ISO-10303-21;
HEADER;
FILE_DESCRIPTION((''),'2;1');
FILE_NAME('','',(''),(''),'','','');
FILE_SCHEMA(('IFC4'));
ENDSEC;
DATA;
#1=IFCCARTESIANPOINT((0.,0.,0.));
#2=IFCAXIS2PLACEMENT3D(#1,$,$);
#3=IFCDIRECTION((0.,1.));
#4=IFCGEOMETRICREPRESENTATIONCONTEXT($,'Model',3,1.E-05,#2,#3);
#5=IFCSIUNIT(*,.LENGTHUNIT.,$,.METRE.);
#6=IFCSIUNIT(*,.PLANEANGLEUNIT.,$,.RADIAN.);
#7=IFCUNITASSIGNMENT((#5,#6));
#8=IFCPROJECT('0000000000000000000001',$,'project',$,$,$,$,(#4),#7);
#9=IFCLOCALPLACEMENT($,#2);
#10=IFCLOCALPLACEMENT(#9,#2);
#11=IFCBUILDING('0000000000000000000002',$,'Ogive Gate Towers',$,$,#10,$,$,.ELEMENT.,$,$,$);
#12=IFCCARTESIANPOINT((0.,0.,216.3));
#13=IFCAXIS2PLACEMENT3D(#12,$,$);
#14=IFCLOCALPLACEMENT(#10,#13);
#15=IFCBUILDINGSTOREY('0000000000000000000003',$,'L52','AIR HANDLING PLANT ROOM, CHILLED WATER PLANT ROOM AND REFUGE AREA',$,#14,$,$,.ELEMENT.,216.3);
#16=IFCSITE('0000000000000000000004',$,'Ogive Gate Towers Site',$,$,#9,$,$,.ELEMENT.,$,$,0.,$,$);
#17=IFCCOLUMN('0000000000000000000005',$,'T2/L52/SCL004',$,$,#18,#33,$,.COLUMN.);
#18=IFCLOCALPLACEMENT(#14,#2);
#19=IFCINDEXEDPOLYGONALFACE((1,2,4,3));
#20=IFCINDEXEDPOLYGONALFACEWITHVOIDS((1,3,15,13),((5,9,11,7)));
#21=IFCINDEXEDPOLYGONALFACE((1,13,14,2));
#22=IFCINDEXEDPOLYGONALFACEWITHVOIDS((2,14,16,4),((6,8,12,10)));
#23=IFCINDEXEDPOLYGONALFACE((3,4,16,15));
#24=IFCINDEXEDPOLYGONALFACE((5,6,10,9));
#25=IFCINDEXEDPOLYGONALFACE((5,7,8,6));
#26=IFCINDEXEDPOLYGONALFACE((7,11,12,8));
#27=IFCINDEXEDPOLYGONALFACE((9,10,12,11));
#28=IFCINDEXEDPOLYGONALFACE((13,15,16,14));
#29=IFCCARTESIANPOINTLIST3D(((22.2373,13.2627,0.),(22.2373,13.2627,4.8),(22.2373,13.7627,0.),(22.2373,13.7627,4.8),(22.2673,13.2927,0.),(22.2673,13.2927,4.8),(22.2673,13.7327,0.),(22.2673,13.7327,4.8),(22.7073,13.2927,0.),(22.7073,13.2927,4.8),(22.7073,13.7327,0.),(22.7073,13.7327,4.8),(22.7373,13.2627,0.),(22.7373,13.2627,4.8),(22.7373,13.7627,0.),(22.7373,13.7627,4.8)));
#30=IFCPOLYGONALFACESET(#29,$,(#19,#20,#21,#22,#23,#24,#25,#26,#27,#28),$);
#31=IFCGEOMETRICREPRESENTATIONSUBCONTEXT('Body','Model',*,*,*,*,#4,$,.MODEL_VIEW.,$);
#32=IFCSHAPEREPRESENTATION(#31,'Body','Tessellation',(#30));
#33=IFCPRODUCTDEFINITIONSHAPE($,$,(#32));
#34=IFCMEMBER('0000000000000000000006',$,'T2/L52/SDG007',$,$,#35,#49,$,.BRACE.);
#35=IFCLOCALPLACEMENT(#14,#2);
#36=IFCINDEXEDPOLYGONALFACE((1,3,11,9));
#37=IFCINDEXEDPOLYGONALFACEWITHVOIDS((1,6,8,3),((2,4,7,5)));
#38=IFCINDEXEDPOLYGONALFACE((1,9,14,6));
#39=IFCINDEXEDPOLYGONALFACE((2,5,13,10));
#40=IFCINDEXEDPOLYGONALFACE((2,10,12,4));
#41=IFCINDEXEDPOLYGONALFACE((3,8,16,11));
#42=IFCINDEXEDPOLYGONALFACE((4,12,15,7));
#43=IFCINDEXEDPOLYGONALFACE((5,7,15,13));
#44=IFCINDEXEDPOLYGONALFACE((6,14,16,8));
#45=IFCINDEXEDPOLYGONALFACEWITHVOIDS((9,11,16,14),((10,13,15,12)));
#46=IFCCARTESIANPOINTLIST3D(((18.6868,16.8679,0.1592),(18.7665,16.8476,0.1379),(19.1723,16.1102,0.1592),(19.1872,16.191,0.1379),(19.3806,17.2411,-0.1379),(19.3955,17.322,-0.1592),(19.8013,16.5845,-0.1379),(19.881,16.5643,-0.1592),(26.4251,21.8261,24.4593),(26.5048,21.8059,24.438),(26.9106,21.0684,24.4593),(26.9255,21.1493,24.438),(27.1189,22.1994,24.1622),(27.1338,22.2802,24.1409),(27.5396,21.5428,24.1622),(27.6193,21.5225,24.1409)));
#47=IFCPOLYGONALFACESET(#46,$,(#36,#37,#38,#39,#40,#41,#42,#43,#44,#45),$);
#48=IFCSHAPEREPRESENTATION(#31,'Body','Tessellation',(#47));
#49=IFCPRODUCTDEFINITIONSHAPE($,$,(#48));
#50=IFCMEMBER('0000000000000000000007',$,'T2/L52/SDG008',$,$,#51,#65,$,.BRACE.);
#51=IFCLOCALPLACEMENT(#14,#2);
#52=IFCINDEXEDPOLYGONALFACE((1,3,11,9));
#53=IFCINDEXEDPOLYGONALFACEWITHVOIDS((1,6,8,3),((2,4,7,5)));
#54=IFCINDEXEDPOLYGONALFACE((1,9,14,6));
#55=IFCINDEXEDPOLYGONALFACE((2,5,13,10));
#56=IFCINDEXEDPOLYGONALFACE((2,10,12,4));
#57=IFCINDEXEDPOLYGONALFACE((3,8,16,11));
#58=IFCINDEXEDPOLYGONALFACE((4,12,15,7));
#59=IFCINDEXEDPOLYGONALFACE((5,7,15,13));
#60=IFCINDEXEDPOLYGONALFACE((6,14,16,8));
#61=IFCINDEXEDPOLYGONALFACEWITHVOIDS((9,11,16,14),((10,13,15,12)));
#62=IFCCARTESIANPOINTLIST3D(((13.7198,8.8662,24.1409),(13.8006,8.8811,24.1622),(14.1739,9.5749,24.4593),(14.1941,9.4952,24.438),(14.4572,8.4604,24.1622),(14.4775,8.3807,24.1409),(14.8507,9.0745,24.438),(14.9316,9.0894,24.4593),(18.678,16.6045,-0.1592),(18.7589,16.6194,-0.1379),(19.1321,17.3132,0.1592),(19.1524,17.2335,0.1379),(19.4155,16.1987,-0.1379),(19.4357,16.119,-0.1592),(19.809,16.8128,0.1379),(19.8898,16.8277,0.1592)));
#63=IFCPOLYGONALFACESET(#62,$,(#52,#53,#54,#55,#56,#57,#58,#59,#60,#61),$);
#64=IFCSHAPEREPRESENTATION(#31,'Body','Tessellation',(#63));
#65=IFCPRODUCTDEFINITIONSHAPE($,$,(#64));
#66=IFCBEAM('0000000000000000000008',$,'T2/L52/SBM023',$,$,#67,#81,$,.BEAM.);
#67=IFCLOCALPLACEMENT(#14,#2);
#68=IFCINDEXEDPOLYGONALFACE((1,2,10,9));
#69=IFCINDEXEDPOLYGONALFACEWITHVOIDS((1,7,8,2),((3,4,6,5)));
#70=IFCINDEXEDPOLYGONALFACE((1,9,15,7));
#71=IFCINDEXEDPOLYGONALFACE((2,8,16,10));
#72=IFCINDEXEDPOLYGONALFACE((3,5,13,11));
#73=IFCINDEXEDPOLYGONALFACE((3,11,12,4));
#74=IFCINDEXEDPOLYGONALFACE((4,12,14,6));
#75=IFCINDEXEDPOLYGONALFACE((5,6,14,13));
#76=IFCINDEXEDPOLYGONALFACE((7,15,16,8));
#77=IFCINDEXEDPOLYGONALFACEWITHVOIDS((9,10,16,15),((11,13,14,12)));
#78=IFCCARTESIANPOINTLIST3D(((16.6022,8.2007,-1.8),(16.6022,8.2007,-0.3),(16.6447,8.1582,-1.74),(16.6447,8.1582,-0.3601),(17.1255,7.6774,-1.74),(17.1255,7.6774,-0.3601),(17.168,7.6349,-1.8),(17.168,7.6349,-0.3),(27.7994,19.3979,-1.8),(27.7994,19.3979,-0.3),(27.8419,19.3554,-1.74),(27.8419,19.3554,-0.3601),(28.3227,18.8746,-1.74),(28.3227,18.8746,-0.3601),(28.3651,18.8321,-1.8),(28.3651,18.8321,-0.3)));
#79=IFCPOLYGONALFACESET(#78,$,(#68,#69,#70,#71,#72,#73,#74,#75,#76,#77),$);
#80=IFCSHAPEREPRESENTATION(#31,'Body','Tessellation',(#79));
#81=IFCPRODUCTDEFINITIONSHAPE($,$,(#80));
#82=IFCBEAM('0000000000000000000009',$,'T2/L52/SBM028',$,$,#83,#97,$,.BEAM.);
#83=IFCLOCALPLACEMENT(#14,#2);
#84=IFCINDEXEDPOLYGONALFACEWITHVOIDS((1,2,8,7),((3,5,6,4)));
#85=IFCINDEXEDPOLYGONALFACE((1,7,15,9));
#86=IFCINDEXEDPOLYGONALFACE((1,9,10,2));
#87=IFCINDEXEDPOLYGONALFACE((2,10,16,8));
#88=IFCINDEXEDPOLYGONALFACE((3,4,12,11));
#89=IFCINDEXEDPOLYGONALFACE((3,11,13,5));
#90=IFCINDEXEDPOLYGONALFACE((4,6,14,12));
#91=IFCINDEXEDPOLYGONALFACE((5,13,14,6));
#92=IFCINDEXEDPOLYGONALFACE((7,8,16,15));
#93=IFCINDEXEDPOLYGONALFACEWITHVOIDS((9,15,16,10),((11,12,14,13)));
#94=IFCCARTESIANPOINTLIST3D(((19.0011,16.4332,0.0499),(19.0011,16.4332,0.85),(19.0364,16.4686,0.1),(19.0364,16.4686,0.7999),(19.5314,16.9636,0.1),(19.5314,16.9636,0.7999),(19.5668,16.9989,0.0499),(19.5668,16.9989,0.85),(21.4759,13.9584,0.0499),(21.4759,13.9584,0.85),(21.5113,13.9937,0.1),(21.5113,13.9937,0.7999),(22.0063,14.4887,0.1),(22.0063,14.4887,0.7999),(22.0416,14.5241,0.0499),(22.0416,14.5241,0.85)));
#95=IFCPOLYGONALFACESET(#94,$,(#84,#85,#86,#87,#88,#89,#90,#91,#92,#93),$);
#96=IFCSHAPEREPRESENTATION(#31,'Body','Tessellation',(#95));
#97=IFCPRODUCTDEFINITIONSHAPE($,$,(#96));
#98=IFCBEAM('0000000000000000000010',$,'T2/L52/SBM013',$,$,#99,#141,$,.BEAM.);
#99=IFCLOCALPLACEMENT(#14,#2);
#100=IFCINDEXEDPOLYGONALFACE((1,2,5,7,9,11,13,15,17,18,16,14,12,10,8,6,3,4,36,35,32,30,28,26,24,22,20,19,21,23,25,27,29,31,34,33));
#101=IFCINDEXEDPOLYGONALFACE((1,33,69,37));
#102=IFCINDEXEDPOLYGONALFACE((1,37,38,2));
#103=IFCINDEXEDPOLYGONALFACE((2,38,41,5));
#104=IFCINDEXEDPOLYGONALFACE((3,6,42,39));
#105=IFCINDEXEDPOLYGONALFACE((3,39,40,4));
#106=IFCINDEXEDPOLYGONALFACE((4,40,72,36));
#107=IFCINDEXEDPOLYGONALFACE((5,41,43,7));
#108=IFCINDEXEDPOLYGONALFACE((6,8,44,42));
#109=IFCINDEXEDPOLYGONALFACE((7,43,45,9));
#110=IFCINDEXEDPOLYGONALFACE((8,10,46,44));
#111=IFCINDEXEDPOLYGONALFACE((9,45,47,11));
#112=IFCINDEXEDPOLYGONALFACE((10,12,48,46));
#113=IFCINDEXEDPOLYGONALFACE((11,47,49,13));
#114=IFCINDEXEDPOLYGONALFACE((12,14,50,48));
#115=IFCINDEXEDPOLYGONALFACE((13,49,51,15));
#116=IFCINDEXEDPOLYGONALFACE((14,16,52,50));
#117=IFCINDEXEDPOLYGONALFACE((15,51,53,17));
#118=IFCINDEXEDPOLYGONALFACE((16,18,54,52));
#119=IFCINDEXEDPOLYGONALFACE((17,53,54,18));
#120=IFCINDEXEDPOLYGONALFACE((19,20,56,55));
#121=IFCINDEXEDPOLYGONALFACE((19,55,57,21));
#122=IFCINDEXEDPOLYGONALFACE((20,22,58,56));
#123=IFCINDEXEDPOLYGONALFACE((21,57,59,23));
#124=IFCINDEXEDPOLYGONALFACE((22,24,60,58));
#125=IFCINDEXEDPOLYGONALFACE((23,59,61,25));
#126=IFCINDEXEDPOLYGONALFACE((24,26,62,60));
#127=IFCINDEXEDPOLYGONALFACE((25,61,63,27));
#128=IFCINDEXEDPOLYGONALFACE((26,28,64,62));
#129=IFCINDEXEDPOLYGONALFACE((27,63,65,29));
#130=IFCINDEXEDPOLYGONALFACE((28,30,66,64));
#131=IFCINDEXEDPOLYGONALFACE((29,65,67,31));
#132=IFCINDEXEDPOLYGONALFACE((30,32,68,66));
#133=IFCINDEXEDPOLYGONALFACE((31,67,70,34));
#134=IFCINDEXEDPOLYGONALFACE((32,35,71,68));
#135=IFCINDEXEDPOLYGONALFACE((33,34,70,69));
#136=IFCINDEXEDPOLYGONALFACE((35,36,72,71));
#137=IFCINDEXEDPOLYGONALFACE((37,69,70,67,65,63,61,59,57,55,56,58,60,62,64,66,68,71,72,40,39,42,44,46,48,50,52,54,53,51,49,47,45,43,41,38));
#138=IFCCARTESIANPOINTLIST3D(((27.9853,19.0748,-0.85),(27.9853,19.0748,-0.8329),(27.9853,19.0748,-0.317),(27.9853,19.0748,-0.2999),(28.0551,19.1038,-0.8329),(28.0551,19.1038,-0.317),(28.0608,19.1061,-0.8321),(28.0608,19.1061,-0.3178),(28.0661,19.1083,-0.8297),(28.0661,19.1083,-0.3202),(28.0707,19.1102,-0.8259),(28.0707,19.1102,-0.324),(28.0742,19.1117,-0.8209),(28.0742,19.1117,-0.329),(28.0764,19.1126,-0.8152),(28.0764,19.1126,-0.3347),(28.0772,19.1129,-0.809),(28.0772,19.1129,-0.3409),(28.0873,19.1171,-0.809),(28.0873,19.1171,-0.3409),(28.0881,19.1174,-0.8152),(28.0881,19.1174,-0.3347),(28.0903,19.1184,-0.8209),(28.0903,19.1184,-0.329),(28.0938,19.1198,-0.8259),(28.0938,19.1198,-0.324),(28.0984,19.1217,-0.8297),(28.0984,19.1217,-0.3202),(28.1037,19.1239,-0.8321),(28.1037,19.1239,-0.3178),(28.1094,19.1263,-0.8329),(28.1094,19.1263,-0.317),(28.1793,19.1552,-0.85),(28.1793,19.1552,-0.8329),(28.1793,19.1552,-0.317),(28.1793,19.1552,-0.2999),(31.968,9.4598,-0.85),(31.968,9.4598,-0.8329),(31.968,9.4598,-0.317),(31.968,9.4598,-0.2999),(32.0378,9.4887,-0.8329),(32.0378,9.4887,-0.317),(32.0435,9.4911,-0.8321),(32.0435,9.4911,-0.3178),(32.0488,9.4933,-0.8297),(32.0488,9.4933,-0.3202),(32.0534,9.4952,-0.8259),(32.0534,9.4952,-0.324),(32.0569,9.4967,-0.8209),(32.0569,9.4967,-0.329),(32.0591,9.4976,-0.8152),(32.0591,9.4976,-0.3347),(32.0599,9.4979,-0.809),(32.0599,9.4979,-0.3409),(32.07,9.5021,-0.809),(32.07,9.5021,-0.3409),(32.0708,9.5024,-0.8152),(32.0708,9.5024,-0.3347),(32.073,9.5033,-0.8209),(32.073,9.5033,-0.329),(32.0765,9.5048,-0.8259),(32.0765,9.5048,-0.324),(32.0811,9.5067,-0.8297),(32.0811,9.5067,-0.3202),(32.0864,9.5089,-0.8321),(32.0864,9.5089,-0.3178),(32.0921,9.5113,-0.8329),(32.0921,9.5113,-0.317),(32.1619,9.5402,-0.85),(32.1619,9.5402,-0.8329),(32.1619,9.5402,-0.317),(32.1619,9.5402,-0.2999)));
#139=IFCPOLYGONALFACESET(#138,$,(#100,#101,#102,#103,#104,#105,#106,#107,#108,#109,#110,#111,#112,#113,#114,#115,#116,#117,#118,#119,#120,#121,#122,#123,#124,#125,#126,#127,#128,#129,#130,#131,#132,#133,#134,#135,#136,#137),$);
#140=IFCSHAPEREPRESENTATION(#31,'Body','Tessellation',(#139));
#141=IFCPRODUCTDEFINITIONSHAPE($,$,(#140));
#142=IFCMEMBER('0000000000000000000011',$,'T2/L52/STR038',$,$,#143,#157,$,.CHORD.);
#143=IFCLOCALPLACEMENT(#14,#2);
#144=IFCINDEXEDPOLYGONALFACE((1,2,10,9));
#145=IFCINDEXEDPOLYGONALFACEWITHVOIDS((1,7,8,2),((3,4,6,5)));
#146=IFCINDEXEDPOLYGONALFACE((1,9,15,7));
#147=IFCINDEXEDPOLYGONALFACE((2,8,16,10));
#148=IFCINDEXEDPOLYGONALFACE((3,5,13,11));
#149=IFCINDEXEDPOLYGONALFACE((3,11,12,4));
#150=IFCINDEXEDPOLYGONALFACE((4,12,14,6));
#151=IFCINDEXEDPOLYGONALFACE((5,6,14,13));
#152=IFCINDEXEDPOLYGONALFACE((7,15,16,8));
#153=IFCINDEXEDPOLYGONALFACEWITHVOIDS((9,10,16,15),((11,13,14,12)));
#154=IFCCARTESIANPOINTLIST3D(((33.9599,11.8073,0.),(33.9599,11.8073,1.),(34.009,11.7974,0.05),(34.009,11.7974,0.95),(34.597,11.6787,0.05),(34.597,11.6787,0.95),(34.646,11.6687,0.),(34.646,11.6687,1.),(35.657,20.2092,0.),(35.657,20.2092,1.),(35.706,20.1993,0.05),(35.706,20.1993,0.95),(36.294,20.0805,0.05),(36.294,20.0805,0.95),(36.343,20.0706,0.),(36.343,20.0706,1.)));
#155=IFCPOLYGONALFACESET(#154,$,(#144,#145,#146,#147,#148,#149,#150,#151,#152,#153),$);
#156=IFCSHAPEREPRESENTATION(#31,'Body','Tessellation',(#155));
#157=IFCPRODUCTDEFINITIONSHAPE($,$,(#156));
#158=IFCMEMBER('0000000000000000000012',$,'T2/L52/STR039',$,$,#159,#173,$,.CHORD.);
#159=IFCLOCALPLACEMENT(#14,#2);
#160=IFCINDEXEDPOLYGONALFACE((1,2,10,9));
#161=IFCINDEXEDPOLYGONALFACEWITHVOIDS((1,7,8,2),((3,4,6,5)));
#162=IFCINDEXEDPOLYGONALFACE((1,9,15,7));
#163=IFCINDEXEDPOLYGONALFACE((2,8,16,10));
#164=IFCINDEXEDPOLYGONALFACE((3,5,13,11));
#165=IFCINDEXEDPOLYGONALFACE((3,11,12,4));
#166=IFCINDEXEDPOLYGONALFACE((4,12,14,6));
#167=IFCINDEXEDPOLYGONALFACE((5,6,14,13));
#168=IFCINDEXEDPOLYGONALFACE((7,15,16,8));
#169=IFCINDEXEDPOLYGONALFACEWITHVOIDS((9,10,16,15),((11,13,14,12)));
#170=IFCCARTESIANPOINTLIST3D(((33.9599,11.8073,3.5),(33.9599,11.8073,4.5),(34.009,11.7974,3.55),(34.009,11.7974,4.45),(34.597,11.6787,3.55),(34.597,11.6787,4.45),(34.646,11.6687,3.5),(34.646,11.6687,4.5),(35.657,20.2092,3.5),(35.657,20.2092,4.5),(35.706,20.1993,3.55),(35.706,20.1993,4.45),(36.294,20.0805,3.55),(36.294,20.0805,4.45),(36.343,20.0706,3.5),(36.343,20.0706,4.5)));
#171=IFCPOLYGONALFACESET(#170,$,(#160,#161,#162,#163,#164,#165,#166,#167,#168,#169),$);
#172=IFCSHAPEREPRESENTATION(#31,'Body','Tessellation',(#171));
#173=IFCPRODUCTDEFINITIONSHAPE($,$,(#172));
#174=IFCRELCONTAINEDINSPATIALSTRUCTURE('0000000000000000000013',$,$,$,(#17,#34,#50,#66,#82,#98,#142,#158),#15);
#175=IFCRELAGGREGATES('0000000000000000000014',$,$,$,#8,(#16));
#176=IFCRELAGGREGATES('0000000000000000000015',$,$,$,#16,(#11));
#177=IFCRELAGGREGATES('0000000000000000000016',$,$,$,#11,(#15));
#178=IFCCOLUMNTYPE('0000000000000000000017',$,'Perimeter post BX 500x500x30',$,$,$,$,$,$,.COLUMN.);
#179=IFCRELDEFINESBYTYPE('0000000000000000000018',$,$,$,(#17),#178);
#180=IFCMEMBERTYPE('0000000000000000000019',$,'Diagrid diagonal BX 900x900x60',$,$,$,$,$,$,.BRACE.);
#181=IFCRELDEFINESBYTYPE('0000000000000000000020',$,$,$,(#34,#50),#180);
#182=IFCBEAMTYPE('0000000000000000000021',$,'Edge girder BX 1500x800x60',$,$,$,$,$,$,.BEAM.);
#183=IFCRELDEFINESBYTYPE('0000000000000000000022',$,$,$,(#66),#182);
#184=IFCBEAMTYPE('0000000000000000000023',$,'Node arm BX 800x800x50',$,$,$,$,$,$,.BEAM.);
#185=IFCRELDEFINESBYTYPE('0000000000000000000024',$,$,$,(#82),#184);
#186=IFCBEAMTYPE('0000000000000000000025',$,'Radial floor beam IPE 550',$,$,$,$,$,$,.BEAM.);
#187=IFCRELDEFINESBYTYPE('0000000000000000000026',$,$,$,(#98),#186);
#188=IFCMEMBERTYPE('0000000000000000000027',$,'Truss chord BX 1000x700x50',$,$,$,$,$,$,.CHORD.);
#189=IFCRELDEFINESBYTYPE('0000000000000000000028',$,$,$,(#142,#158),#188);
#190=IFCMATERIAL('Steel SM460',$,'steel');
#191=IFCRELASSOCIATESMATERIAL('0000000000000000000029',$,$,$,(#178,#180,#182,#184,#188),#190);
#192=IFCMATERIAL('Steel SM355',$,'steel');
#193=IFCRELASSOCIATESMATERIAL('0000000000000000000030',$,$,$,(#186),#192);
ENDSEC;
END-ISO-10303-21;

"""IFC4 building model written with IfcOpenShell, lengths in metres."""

from ifc_helpers import new_model, si_unit, direction, frame, origin, origin_2d, place, context, subcontext, project, spatial, hollow_rectangle, i_section, extrude, material, material_profile, profile_set, type_object, element, save


model = new_model("IFC4")

# Units and contexts
model_context = context("Model", 3, precision=1e-05, world=origin(), true_north=direction((0.0, 1.0)))
body_context = subcontext(model_context, "Body", "Model", "MODEL_VIEW")
ifc_project = project(units=[si_unit("LENGTHUNIT", "METRE"), si_unit("PLANEANGLEUNIT", "RADIAN")], contexts=[model_context])

# Site, building, storey
site_placement = place(None, origin())
site = spatial("IfcSite", under=ifc_project, at=site_placement, Name="Ogive Gate Towers Site", CompositionType="ELEMENT", RefElevation=0.0)
building_placement = place(site_placement, origin())
building = spatial("IfcBuilding", under=site, at=building_placement, Name="Ogive Gate Towers", CompositionType="ELEMENT")
storey_placement = place(building_placement, frame((0.0, 0.0, 216.3)))
storey = spatial("IfcBuildingStorey", under=building, at=storey_placement, Name="L52", Description="AIR HANDLING PLANT ROOM, CHILLED WATER PLANT ROOM AND REFUGE AREA", CompositionType="ELEMENT", Elevation=216.3)

# Column
ifc_material_1 = material(Name="Steel SM460", Category="steel")
ifc_material_profile_1 = material_profile(ifc_material_1, hollow_rectangle(XDim=0.5, YDim=0.5, WallThickness=0.03, at=origin_2d()), Name="BX 500x500x30")
ifc_profile_set_1 = profile_set([ifc_material_profile_1], Name="Steel SM460")
column_type = type_object("IfcColumnType", Name="Perimeter post BX 500x500x30", PredefinedType="COLUMN", material=ifc_profile_set_1)
column_placement = place(storey_placement, frame((22.4873, 13.5127, 0.0), z_axis=(0.0, 0.0, 1.0), x_axis=(1.0, 0.0, 0.0)))
element("IfcColumn", 1, at=column_placement, inside=storey, type_object=column_type, Name="T2/L52/SCL004", PredefinedType="COLUMN", context=body_context, shape_type="SweptSolid", body=[
    extrude(hollow_rectangle(XDim=0.5, YDim=0.5, WallThickness=0.03, at=origin_2d()), origin(), (0.0, 0.0, 1.0), 4.8),
])

# Members
ifc_material_profile_2 = material_profile(ifc_material_1, hollow_rectangle(XDim=0.8999, YDim=0.8999, WallThickness=0.0601, at=origin_2d()), Name="BX 900x900x60")
ifc_profile_set_2 = profile_set([ifc_material_profile_2], Name="Steel SM460")
member_type_1 = type_object("IfcMemberType", Name="Diagrid diagonal BX 900x900x60", PredefinedType="BRACE", material=ifc_profile_set_2)
for number, where, z_axis, x_axis, name in (
    (2, (19.2839, 16.7161, 0.0), (0.297856, 0.190849, 0.935339), (-0.539498, 0.841987, 0.0), "T2/L52/SDG007"),
    (3, (19.2839, 16.7161, 0.0), (-0.190849, -0.297856, 0.935339), (0.841987, -0.539498, 0.0), "T2/L52/SDG008"),
):
    element("IfcMember", number, at=place(storey_placement, frame(where, z_axis=z_axis, x_axis=x_axis)), inside=storey, type_object=member_type_1, Name=name, PredefinedType="BRACE", context=body_context, shape_type="SweptSolid", body=[
        extrude(hollow_rectangle(XDim=0.8999, YDim=0.8999, WallThickness=0.0601, at=origin_2d()), origin(), (0.0, 0.0, 1.0), 25.98),
    ])

# Beams
ifc_material_profile_3 = material_profile(ifc_material_1, hollow_rectangle(XDim=0.8, YDim=1.5, WallThickness=0.0601, at=origin_2d()), Name="BX 1500x800x60")
ifc_profile_set_3 = profile_set([ifc_material_profile_3], Name="Steel SM460")
beam_type_1 = type_object("IfcBeamType", Name="Edge girder BX 1500x800x60", PredefinedType="BEAM", material=ifc_profile_set_3)
beam_1_placement = place(storey_placement, frame((28.0823, 19.115, -1.05), z_axis=(-0.707107, -0.707107, 0.0), x_axis=(0.707107, -0.707107, 0.0)))
element("IfcBeam", 4, at=beam_1_placement, inside=storey, type_object=beam_type_1, Name="T2/L52/SBM023", PredefinedType="BEAM", context=body_context, shape_type="SweptSolid", body=[
    extrude(hollow_rectangle(XDim=0.8, YDim=1.5, WallThickness=0.0601, at=origin_2d()), origin(), (0.0, 0.0, 1.0), 15.8352),
])
ifc_material_profile_4 = material_profile(ifc_material_1, hollow_rectangle(XDim=0.8, YDim=0.8, WallThickness=0.05, at=origin_2d()), Name="BX 800x800x50")
ifc_profile_set_4 = profile_set([ifc_material_profile_4], Name="Steel SM460")
beam_type_2 = type_object("IfcBeamType", Name="Node arm BX 800x800x50", PredefinedType="BEAM", material=ifc_profile_set_4)
beam_2_placement = place(storey_placement, frame((21.7588, 14.2412, 0.45), z_axis=(-0.707107, 0.707107, 0.0), x_axis=(-0.707107, -0.707107, 0.0)))
element("IfcBeam", 5, at=beam_2_placement, inside=storey, type_object=beam_type_2, Name="T2/L52/SBM028", PredefinedType="BEAM", context=body_context, shape_type="SweptSolid", body=[
    extrude(hollow_rectangle(XDim=0.8, YDim=0.8, WallThickness=0.05, at=origin_2d()), origin(), (0.0, 0.0, 1.0), 3.5),
])
ifc_material_2 = material(Name="Steel SM355", Category="steel")
ifc_material_profile_5 = material_profile(ifc_material_2, i_section(OverallWidth=0.21, OverallDepth=0.55, WebThickness=0.011, FlangeThickness=0.0171, FilletRadius=0.0239, at=origin_2d()), Name="IPE 550")
ifc_profile_set_5 = profile_set([ifc_material_profile_5], Name="Steel SM355")
beam_type_3 = type_object("IfcBeamType", Name="Radial floor beam IPE 550", PredefinedType="BEAM", material=ifc_profile_set_5)
beam_3_placement = place(storey_placement, frame((32.0649, 9.5, -0.575), z_axis=(-0.382684, 0.923879, 0.0), x_axis=(-0.923879, -0.382684, 0.0)))
element("IfcBeam", 6, at=beam_3_placement, inside=storey, type_object=beam_type_3, Name="T2/L52/SBM013", PredefinedType="BEAM", context=body_context, shape_type="SweptSolid", body=[
    extrude(i_section(OverallWidth=0.21, OverallDepth=0.55, WebThickness=0.011, FlangeThickness=0.0171, FilletRadius=0.0239, at=origin_2d()), origin(), (0.0, 0.0, 1.0), 10.4072),
])

# Members
ifc_material_profile_6 = material_profile(ifc_material_1, hollow_rectangle(XDim=0.7, YDim=1.0, WallThickness=0.05, at=origin_2d()), Name="BX 1000x700x50")
ifc_profile_set_6 = profile_set([ifc_material_profile_6], Name="Steel SM460")
member_type_2 = type_object("IfcMemberType", Name="Truss chord BX 1000x700x50", PredefinedType="CHORD", material=ifc_profile_set_6)
for number, where, z_axis, x_axis, name in (
    (7, (34.303, 11.738, 0.5), (0.197984, 0.980205, 0.0), (-0.980205, 0.197984, 0.0), "T2/L52/STR038"),
    (8, (34.303, 11.738, 4.0), (0.197984, 0.980205, 0.0), (-0.980205, 0.197984, 0.0), "T2/L52/STR039"),
):
    element("IfcMember", number, at=place(storey_placement, frame(where, z_axis=z_axis, x_axis=x_axis)), inside=storey, type_object=member_type_2, Name=name, PredefinedType="CHORD", context=body_context, shape_type="SweptSolid", body=[
        extrude(hollow_rectangle(XDim=0.7, YDim=1.0, WallThickness=0.05, at=origin_2d()), origin(), (0.0, 0.0, 1.0), 8.5715),
    ])

save(model, "model.ifc")
